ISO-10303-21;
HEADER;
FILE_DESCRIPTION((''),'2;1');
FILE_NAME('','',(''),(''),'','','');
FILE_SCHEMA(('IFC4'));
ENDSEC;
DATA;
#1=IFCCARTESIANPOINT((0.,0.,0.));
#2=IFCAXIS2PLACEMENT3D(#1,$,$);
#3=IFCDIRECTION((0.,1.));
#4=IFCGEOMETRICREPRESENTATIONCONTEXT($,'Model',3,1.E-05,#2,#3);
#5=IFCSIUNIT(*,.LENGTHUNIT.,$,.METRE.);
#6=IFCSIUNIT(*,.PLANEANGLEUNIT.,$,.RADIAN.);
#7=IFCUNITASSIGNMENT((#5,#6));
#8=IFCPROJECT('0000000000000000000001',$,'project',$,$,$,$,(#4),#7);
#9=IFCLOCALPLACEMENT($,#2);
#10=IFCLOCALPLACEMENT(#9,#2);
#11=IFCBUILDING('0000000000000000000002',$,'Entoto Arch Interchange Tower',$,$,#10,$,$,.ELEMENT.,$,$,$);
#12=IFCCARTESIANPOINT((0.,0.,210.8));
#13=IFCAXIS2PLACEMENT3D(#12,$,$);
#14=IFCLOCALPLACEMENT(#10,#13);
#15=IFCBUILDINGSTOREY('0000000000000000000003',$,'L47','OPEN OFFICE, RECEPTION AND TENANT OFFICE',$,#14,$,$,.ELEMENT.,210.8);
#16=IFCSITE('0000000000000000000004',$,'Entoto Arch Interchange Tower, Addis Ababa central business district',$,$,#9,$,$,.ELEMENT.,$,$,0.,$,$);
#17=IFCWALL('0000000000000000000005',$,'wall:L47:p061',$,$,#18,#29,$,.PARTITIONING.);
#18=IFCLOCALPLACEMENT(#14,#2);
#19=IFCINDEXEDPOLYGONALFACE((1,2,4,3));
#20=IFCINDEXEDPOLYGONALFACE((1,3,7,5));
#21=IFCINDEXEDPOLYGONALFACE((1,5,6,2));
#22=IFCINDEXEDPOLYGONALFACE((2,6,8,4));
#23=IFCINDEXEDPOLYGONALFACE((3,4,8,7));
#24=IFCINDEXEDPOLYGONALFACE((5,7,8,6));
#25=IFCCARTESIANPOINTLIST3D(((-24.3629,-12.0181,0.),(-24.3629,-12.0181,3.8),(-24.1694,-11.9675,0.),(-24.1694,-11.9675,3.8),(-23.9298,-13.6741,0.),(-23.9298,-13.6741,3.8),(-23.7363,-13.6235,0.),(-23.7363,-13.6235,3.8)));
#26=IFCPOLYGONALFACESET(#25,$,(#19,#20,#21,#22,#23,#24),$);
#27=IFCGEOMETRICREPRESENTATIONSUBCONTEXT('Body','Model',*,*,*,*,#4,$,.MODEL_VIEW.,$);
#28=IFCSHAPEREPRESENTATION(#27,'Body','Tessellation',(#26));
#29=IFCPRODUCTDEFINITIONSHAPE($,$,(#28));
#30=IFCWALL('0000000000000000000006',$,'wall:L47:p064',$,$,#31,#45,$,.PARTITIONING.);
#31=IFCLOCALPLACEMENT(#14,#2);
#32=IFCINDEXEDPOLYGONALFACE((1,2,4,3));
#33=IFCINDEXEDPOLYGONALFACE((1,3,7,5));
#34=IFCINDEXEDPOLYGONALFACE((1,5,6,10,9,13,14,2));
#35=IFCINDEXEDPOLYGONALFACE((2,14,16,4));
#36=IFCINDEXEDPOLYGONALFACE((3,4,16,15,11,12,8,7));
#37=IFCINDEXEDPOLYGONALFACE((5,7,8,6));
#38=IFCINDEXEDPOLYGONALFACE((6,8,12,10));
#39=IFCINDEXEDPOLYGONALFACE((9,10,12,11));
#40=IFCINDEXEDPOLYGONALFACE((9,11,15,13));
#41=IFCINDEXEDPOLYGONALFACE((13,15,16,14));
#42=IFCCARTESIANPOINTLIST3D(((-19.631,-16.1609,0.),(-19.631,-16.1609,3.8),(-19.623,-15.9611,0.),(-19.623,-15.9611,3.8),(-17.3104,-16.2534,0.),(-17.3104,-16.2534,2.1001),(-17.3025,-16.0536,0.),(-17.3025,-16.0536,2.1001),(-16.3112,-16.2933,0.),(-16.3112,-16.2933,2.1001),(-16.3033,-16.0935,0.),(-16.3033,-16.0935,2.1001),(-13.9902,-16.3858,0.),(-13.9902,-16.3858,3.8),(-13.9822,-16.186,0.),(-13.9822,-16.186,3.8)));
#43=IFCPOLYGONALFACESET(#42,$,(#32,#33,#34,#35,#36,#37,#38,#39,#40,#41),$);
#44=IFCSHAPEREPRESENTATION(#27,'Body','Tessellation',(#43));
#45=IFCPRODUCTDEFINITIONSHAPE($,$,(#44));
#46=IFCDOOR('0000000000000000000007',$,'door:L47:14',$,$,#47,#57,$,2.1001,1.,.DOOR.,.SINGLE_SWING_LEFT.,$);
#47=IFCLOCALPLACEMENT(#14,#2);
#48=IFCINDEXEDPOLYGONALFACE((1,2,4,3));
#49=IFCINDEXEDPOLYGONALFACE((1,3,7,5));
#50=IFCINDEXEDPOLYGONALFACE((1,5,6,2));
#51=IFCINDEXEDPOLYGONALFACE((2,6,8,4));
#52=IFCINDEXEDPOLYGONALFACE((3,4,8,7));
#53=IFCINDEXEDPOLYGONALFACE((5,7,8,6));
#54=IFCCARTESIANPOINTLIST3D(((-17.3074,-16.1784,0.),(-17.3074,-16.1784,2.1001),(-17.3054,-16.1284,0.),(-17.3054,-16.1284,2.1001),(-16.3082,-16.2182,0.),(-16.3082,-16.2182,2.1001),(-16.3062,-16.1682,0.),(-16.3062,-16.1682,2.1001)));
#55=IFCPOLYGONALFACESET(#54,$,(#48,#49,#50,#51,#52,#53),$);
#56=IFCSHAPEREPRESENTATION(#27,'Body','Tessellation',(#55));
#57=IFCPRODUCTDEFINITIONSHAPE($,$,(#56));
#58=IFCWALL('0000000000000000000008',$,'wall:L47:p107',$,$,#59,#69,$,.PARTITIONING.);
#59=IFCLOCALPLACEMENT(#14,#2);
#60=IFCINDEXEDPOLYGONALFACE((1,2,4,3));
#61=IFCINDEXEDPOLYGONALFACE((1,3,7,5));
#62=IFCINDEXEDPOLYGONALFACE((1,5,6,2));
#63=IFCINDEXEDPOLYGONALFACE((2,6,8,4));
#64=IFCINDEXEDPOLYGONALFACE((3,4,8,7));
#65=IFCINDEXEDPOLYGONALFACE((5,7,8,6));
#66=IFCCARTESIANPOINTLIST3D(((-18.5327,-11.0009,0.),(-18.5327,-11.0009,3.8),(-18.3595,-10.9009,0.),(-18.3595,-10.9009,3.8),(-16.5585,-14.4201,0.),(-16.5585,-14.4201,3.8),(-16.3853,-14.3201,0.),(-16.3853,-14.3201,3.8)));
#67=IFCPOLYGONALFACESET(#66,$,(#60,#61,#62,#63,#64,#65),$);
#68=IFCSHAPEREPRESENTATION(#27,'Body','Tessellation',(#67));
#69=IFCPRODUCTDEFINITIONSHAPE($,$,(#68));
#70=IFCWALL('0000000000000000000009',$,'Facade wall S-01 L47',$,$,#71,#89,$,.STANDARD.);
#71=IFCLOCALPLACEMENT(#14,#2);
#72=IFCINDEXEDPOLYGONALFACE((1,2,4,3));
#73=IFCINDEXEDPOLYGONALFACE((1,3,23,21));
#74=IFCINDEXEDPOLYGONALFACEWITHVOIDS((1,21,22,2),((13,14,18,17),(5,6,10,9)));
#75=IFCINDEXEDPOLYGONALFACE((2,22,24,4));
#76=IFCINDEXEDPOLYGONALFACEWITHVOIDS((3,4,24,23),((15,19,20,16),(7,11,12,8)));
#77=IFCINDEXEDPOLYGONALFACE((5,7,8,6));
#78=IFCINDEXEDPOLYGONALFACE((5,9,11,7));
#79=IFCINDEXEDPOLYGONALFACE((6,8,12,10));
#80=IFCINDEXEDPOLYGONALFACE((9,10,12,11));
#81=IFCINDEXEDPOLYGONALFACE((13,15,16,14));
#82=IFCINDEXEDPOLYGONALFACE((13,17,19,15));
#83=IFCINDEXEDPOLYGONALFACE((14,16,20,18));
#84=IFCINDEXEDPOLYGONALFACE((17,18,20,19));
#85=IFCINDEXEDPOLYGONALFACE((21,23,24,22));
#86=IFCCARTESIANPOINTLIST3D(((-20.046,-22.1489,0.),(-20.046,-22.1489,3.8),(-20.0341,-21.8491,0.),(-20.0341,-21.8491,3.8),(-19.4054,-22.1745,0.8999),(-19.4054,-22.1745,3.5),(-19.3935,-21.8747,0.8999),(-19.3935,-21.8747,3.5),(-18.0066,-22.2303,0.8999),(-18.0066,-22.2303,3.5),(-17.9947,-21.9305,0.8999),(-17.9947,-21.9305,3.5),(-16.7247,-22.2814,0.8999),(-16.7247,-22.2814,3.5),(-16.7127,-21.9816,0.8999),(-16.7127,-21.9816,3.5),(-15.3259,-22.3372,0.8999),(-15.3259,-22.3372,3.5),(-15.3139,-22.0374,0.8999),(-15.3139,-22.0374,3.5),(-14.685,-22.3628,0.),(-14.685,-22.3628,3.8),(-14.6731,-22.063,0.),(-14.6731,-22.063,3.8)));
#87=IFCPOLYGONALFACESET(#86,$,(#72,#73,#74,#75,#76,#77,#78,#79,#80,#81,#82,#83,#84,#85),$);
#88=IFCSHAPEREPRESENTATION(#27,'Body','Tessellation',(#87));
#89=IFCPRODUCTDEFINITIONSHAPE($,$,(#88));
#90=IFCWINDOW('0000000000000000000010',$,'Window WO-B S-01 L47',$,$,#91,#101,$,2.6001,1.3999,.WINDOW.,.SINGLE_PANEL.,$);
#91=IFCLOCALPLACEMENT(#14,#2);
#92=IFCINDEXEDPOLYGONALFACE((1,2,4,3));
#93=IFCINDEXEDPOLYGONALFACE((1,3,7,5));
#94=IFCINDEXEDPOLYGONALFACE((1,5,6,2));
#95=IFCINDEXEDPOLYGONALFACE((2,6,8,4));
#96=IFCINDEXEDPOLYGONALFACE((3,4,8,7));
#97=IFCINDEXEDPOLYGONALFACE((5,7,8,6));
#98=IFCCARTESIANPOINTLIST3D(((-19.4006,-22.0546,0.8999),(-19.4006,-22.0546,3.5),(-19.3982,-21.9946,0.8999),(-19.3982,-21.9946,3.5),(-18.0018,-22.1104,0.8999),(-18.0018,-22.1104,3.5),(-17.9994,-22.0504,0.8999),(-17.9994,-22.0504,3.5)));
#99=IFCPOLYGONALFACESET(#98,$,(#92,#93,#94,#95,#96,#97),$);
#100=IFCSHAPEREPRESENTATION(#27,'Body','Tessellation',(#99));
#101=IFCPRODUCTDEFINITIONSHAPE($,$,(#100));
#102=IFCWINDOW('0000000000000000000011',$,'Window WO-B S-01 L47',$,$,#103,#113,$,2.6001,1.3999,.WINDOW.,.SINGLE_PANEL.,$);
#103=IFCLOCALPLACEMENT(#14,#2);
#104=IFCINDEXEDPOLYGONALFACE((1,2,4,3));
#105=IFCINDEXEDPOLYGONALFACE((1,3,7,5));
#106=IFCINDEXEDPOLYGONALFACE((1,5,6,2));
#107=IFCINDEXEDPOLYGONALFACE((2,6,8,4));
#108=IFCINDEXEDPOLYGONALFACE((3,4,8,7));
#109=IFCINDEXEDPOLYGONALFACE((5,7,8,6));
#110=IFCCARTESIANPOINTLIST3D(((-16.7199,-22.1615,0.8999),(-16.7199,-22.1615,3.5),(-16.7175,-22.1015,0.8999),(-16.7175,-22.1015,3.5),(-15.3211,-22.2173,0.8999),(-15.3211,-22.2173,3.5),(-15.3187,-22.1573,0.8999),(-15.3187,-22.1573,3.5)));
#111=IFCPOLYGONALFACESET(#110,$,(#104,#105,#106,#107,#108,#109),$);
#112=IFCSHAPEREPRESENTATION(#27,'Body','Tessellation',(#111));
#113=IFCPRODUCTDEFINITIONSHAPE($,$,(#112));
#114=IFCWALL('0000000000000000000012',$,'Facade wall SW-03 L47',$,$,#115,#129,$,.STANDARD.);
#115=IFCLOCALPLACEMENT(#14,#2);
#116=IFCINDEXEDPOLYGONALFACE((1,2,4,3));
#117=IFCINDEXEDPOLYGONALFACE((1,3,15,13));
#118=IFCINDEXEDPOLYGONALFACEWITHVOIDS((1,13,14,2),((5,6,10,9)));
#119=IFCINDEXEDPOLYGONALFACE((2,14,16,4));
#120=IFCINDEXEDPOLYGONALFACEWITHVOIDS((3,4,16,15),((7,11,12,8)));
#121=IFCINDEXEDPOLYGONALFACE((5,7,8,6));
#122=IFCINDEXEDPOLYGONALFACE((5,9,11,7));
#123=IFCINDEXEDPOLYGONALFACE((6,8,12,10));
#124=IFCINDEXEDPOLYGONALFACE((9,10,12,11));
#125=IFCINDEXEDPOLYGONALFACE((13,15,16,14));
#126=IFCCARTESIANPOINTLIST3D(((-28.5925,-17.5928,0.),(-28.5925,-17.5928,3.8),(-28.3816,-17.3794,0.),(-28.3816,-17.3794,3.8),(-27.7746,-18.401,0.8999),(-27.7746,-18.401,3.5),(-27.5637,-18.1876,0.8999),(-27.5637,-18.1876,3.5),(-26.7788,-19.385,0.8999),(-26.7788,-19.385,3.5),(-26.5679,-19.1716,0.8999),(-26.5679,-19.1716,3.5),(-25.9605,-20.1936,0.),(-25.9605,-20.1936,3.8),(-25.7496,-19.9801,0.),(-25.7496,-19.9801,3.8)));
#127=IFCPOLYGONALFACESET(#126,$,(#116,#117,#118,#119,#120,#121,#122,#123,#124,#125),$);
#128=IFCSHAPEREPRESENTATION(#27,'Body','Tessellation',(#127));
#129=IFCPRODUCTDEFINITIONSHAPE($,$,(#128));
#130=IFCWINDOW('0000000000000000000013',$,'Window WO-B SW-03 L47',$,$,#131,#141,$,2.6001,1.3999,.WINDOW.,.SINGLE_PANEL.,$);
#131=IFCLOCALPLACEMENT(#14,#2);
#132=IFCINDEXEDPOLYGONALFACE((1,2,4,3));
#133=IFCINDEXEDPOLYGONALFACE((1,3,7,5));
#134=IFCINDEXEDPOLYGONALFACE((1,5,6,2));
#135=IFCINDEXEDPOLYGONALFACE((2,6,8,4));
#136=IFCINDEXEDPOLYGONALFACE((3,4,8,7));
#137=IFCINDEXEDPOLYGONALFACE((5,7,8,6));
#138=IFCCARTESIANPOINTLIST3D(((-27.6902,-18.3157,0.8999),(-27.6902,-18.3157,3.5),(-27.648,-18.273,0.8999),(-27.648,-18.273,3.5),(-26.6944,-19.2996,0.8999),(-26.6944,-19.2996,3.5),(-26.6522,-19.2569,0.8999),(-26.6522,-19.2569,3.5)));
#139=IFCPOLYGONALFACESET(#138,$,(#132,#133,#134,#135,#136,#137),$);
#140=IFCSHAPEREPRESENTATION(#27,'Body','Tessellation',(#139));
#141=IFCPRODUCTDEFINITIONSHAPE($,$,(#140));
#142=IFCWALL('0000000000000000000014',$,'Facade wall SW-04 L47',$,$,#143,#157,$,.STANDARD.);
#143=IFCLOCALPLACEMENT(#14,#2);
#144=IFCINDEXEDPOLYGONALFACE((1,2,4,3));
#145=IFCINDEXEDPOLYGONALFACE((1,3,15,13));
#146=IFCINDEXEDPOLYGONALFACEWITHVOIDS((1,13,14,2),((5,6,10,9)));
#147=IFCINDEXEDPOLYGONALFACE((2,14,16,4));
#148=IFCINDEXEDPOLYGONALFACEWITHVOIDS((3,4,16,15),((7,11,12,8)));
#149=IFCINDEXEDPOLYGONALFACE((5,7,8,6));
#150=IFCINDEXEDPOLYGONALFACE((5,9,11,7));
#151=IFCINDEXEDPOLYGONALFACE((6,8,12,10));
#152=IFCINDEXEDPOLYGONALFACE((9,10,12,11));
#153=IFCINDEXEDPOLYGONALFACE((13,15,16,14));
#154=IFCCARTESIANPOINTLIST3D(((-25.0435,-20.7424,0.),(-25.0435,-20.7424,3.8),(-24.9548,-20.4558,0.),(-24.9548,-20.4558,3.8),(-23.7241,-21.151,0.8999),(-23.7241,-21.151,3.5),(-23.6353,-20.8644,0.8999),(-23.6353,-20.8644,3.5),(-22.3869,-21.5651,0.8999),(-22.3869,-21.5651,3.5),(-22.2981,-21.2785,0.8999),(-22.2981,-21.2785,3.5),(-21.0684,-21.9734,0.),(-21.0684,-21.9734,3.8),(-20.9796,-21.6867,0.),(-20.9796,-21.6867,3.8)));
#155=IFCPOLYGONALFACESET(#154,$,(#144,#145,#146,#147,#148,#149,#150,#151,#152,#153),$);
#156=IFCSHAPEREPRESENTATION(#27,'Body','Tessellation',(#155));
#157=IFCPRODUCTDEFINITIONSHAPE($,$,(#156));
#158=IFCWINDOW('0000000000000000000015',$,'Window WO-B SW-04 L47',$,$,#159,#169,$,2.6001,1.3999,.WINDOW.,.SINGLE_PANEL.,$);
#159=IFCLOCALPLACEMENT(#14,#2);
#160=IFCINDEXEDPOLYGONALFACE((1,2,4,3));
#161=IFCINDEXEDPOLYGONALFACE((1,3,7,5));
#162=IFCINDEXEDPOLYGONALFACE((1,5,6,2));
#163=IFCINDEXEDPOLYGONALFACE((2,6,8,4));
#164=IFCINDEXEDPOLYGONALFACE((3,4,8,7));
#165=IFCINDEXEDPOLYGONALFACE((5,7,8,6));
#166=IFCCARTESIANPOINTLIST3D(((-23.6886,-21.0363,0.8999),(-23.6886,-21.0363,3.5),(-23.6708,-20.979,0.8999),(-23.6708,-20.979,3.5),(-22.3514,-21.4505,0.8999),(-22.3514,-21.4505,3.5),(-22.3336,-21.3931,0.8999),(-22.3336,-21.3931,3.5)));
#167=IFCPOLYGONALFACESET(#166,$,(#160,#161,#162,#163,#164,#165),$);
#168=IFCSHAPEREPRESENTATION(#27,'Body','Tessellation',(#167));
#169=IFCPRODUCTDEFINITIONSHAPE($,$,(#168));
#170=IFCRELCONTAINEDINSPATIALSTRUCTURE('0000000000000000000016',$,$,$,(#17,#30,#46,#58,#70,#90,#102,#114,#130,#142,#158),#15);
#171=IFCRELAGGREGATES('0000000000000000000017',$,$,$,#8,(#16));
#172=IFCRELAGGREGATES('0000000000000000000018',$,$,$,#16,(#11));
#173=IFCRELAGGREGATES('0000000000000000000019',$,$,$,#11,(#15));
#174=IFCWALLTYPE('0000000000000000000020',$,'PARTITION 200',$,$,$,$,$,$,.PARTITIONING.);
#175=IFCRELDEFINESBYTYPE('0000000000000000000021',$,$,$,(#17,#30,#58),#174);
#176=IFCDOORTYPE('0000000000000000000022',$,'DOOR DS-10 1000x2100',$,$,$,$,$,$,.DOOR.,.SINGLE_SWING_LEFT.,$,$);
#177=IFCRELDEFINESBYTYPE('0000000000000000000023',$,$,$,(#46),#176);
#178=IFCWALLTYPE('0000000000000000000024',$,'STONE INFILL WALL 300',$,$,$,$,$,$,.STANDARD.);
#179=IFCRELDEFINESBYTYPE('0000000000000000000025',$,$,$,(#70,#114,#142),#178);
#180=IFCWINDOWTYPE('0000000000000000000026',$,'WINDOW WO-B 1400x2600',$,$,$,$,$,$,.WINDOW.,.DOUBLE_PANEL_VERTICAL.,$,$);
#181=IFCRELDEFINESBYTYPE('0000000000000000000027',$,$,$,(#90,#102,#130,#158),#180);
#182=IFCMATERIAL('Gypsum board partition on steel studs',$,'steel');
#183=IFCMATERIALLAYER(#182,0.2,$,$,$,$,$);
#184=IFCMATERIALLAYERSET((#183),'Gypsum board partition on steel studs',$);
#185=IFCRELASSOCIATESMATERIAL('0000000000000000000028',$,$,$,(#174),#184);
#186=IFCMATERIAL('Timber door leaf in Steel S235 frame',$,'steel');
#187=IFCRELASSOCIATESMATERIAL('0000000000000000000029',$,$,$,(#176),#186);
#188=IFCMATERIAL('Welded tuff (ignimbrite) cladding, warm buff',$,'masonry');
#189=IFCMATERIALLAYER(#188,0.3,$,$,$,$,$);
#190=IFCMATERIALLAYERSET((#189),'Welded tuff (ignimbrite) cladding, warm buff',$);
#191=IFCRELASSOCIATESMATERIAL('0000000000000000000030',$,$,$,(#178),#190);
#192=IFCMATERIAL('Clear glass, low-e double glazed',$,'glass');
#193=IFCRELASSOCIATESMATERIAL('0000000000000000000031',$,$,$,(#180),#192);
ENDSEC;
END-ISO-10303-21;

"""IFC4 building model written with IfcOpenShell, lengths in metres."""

from ifc_helpers import new_model, si_unit, direction, frame, frame_2d, origin, place, context, subcontext, project, spatial, rectangle, extrude, material, layer, layer_set, type_object, element, fill, save


model = new_model("IFC4")

# Units and contexts
model_context = context("Model", 3, precision=1e-05, world=origin(), true_north=direction((0.0, 1.0)))
body_context = subcontext(model_context, "Body", "Model", "MODEL_VIEW")
ifc_project = project(units=[si_unit("LENGTHUNIT", "METRE"), si_unit("PLANEANGLEUNIT", "RADIAN")], contexts=[model_context])

# Site, building, storey
site_placement = place(None, origin())
site = spatial("IfcSite", under=ifc_project, at=site_placement, Name="Entoto Arch Interchange Tower, Addis Ababa central business district", CompositionType="ELEMENT", RefElevation=0.0)
building_placement = place(site_placement, origin())
building = spatial("IfcBuilding", under=site, at=building_placement, Name="Entoto Arch Interchange Tower", CompositionType="ELEMENT")
storey_placement = place(building_placement, frame((0.0, 0.0, 210.8)))
storey = spatial("IfcBuildingStorey", under=building, at=storey_placement, Name="L47", Description="OPEN OFFICE, RECEPTION AND TENANT OFFICE", CompositionType="ELEMENT", Elevation=210.8)

# Shared definitions
ifc_material_1 = material(Name="Gypsum board partition on steel studs", Category="steel")
ifc_layer_1 = layer(ifc_material_1, 0.2)
ifc_layer_set_1 = layer_set([ifc_layer_1], Name="Gypsum board partition on steel studs")
wall_type_1 = type_object("IfcWallType", Name="PARTITION 200", PredefinedType="PARTITIONING", material=ifc_layer_set_1)

# Shared definitions
ifc_material_2 = material(Name="Timber door leaf in Steel S235 frame", Category="steel")
door_type = type_object("IfcDoorType", Name="DOOR DS-10 1000x2100", OperationType="SINGLE_SWING_LEFT", PredefinedType="DOOR", material=ifc_material_2)

# Wall
wall_1_placement = place(storey_placement, frame((-23.833, -13.6489, 0.0), z_axis=(0.0, 0.0, 1.0), x_axis=(-0.253026, 0.96746, 0.0)))
element("IfcWall", 1, at=wall_1_placement, inside=storey, type_object=wall_type_1, Name="wall:L47:p061", PredefinedType="PARTITIONING", context=body_context, shape_type="SweptSolid", body=[
    extrude(rectangle(XDim=1.7117, YDim=0.2, at=frame_2d((0.856, 0.0))), origin(), (0.0, 0.0, 1.0), 3.8),
])

# Wall, opening, door
wall_2_placement = place(storey_placement, frame((-13.9861, -16.2859, 0.0), z_axis=(0.0, 0.0, 1.0), x_axis=(-0.999206, 0.03983, 0.0)))
wall_2 = element("IfcWall", 2, at=wall_2_placement, inside=storey, type_object=wall_type_1, Name="wall:L47:p064", PredefinedType="PARTITIONING", context=body_context, shape_type="SweptSolid", body=[
    extrude(rectangle(XDim=5.6453, YDim=0.2, at=frame_2d((2.8228, 0.0))), origin(), (0.0, 0.0, 1.0), 3.8),
])
opening_1_placement = place(wall_2_placement, frame((2.323, 0.0, 0.0)))
opening_1 = element("IfcOpeningElement", 3, at=opening_1_placement, cuts=wall_2, PredefinedType="OPENING", context=body_context, shape_type="SweptSolid", body=[
    extrude(rectangle(XDim=1.0, YDim=2.1001, at=frame_2d((0.5, 1.05))), frame((0.0, 0.1099, 0.0), z_axis=(0.0, -1.0, 0.0), x_axis=(1.0, 0.0, 0.0)), (0.0, 0.0, 1.0), 0.22),
])
door_1_placement = place(opening_1_placement, origin())
door_1 = element("IfcDoor", 4, at=door_1_placement, inside=storey, type_object=door_type, Name="door:L47:14", OperationType="SINGLE_SWING_LEFT", OverallHeight=2.1001, OverallWidth=1.0, PredefinedType="DOOR", context=body_context, shape_type="SweptSolid", body=[
    extrude(rectangle(XDim=1.0, YDim=2.1001, at=frame_2d((0.5, 1.05))), frame((0.0, 0.0249, 0.0), z_axis=(0.0, -1.0, 0.0), x_axis=(1.0, 0.0, 0.0)), (0.0, 0.0, 1.0), 0.05),
])
fill(opening_1, door_1)

# Wall
wall_3_placement = place(storey_placement, frame((-16.4719, -14.3701, 0.0), z_axis=(0.0, 0.0, 1.0), x_axis=(-0.50001, 0.86602, 0.0)))
element("IfcWall", 5, at=wall_3_placement, inside=storey, type_object=wall_type_1, Name="wall:L47:p107", PredefinedType="PARTITIONING", context=body_context, shape_type="SweptSolid", body=[
    extrude(rectangle(XDim=3.9482, YDim=0.2, at=frame_2d((1.9741, 0.0))), origin(), (0.0, 0.0, 1.0), 3.8),
])

# Wall, openings, windows
ifc_material_3 = material(Name="Welded tuff (ignimbrite) cladding, warm buff", Category="masonry")
ifc_layer_2 = layer(ifc_material_3, 0.3)
ifc_layer_set_2 = layer_set([ifc_layer_2], Name="Welded tuff (ignimbrite) cladding, warm buff")
wall_type_2 = type_object("IfcWallType", Name="STONE INFILL WALL 300", PredefinedType="STANDARD", material=ifc_layer_set_2)
wall_4_placement = place(storey_placement, frame((-20.04, -21.999, 0.0), z_axis=(0.0, 0.0, 1.0), x_axis=(0.999205, -0.039861, 0.0)))
wall_4 = element("IfcWall", 6, at=wall_4_placement, inside=storey, type_object=wall_type_2, Name="Facade wall S-01 L47", PredefinedType="STANDARD", context=body_context, shape_type="SweptSolid", body=[
    extrude(rectangle(XDim=5.3652, YDim=0.3, at=frame_2d((2.6826, 0.0))), origin(), (0.0, 0.0, 1.0), 3.8),
])
opening_2_placement = place(wall_4_placement, frame((0.6411, 0.0, 0.8999)))
opening_2 = element("IfcOpeningElement", 7, at=opening_2_placement, cuts=wall_4, PredefinedType="OPENING", context=body_context, shape_type="SweptSolid", body=[
    extrude(rectangle(XDim=1.3999, YDim=2.6001, at=frame_2d((0.7, 1.3))), frame((0.0, 0.1602, 0.0), z_axis=(0.0, -1.0, 0.0), x_axis=(1.0, 0.0, 0.0)), (0.0, 0.0, 1.0), 0.3201),
])
opening_3_placement = place(wall_4_placement, frame((3.324, 0.0, 0.8999)))
opening_3 = element("IfcOpeningElement", 8, at=opening_3_placement, cuts=wall_4, PredefinedType="OPENING", context=body_context, shape_type="SweptSolid", body=[
    extrude(rectangle(XDim=1.3999, YDim=2.6001, at=frame_2d((0.7, 1.3))), frame((0.0, 0.1602, 0.0), z_axis=(0.0, -1.0, 0.0), x_axis=(1.0, 0.0, 0.0)), (0.0, 0.0, 1.0), 0.3201),
])
ifc_material_4 = material(Name="Clear glass, low-e double glazed", Category="glass")
window_type = type_object("IfcWindowType", Name="WINDOW WO-B 1400x2600", PartitioningType="DOUBLE_PANEL_VERTICAL", PredefinedType="WINDOW", material=ifc_material_4)
window_1_placement = place(opening_2_placement, origin())
window_1 = element("IfcWindow", 9, at=window_1_placement, inside=storey, type_object=window_type, Name="Window WO-B S-01 L47", OverallHeight=2.6001, OverallWidth=1.3999, PartitioningType="SINGLE_PANEL", PredefinedType="WINDOW", context=body_context, shape_type="SweptSolid", body=[
    extrude(rectangle(XDim=1.3999, YDim=2.6001, at=frame_2d((0.7, 1.3))), frame((0.0, 0.03, 0.0), z_axis=(0.0, -1.0, 0.0), x_axis=(1.0, 0.0, 0.0)), (0.0, 0.0, 1.0), 0.0601),
])
fill(opening_2, window_1)
window_2_placement = place(opening_3_placement, origin())
window_2 = element("IfcWindow", 10, at=window_2_placement, inside=storey, type_object=window_type, Name="Window WO-B S-01 L47", OverallHeight=2.6001, OverallWidth=1.3999, PartitioningType="SINGLE_PANEL", PredefinedType="WINDOW", context=body_context, shape_type="SweptSolid", body=[
    extrude(rectangle(XDim=1.3999, YDim=2.6001, at=frame_2d((0.7, 1.3))), frame((0.0, 0.03, 0.0), z_axis=(0.0, -1.0, 0.0), x_axis=(1.0, 0.0, 0.0)), (0.0, 0.0, 1.0), 0.0601),
])
fill(opening_3, window_2)

# Walls, openings, windows
wall_5_placement = place(storey_placement, frame((-28.4871, -17.4861, 0.0), z_axis=(0.0, 0.0, 1.0), x_axis=(0.711317, -0.702872, 0.0)))
wall_5 = element("IfcWall", 11, at=wall_5_placement, inside=storey, type_object=wall_type_2, Name="Facade wall SW-03 L47", PredefinedType="STANDARD", context=body_context, shape_type="SweptSolid", body=[
    extrude(rectangle(XDim=3.7002, YDim=0.3, at=frame_2d((1.8501, 0.0))), origin(), (0.0, 0.0, 1.0), 3.8),
])
opening_4_placement = place(wall_5_placement, frame((1.1499, 0.0, 0.8999)))
opening_4 = element("IfcOpeningElement", 12, at=opening_4_placement, cuts=wall_5, PredefinedType="OPENING", context=body_context, shape_type="SweptSolid", body=[
    extrude(rectangle(XDim=1.3999, YDim=2.6001, at=frame_2d((0.7, 1.3))), frame((0.0, 0.1602, 0.0), z_axis=(0.0, -1.0, 0.0), x_axis=(1.0, 0.0, 0.0)), (0.0, 0.0, 1.0), 0.3201),
])
window_3_placement = place(opening_4_placement, origin())
window_3 = element("IfcWindow", 13, at=window_3_placement, inside=storey, type_object=window_type, Name="Window WO-B SW-03 L47", OverallHeight=2.6001, OverallWidth=1.3999, PartitioningType="SINGLE_PANEL", PredefinedType="WINDOW", context=body_context, shape_type="SweptSolid", body=[
    extrude(rectangle(XDim=1.3999, YDim=2.6001, at=frame_2d((0.7, 1.3))), frame((0.0, 0.03, 0.0), z_axis=(0.0, -1.0, 0.0), x_axis=(1.0, 0.0, 0.0)), (0.0, 0.0, 1.0), 0.0601),
])
fill(opening_4, window_3)
wall_6_placement = place(storey_placement, frame((-24.999, -20.5991, 0.0), z_axis=(0.0, 0.0, 1.0), x_axis=(0.955247, -0.295809, 0.0)))
wall_6 = element("IfcWall", 14, at=wall_6_placement, inside=storey, type_object=wall_type_2, Name="Facade wall SW-04 L47", PredefinedType="STANDARD", context=body_context, shape_type="SweptSolid", body=[
    extrude(rectangle(XDim=4.1614, YDim=0.3, at=frame_2d((2.0806, 0.0))), origin(), (0.0, 0.0, 1.0), 3.8),
])
opening_5_placement = place(wall_6_placement, frame((1.3811, 0.0, 0.8999)))
opening_5 = element("IfcOpeningElement", 15, at=opening_5_placement, cuts=wall_6, PredefinedType="OPENING", context=body_context, shape_type="SweptSolid", body=[
    extrude(rectangle(XDim=1.3999, YDim=2.6001, at=frame_2d((0.7, 1.3))), frame((0.0, 0.1602, 0.0), z_axis=(0.0, -1.0, 0.0), x_axis=(1.0, 0.0, 0.0)), (0.0, 0.0, 1.0), 0.3201),
])
window_4_placement = place(opening_5_placement, origin())
window_4 = element("IfcWindow", 16, at=window_4_placement, inside=storey, type_object=window_type, Name="Window WO-B SW-04 L47", OverallHeight=2.6001, OverallWidth=1.3999, PartitioningType="SINGLE_PANEL", PredefinedType="WINDOW", context=body_context, shape_type="SweptSolid", body=[
    extrude(rectangle(XDim=1.3999, YDim=2.6001, at=frame_2d((0.7, 1.3))), frame((0.0, 0.03, 0.0), z_axis=(0.0, -1.0, 0.0), x_axis=(1.0, 0.0, 0.0)), (0.0, 0.0, 1.0), 0.0601),
])
fill(opening_5, window_4)

save(model, "model.ifc")
